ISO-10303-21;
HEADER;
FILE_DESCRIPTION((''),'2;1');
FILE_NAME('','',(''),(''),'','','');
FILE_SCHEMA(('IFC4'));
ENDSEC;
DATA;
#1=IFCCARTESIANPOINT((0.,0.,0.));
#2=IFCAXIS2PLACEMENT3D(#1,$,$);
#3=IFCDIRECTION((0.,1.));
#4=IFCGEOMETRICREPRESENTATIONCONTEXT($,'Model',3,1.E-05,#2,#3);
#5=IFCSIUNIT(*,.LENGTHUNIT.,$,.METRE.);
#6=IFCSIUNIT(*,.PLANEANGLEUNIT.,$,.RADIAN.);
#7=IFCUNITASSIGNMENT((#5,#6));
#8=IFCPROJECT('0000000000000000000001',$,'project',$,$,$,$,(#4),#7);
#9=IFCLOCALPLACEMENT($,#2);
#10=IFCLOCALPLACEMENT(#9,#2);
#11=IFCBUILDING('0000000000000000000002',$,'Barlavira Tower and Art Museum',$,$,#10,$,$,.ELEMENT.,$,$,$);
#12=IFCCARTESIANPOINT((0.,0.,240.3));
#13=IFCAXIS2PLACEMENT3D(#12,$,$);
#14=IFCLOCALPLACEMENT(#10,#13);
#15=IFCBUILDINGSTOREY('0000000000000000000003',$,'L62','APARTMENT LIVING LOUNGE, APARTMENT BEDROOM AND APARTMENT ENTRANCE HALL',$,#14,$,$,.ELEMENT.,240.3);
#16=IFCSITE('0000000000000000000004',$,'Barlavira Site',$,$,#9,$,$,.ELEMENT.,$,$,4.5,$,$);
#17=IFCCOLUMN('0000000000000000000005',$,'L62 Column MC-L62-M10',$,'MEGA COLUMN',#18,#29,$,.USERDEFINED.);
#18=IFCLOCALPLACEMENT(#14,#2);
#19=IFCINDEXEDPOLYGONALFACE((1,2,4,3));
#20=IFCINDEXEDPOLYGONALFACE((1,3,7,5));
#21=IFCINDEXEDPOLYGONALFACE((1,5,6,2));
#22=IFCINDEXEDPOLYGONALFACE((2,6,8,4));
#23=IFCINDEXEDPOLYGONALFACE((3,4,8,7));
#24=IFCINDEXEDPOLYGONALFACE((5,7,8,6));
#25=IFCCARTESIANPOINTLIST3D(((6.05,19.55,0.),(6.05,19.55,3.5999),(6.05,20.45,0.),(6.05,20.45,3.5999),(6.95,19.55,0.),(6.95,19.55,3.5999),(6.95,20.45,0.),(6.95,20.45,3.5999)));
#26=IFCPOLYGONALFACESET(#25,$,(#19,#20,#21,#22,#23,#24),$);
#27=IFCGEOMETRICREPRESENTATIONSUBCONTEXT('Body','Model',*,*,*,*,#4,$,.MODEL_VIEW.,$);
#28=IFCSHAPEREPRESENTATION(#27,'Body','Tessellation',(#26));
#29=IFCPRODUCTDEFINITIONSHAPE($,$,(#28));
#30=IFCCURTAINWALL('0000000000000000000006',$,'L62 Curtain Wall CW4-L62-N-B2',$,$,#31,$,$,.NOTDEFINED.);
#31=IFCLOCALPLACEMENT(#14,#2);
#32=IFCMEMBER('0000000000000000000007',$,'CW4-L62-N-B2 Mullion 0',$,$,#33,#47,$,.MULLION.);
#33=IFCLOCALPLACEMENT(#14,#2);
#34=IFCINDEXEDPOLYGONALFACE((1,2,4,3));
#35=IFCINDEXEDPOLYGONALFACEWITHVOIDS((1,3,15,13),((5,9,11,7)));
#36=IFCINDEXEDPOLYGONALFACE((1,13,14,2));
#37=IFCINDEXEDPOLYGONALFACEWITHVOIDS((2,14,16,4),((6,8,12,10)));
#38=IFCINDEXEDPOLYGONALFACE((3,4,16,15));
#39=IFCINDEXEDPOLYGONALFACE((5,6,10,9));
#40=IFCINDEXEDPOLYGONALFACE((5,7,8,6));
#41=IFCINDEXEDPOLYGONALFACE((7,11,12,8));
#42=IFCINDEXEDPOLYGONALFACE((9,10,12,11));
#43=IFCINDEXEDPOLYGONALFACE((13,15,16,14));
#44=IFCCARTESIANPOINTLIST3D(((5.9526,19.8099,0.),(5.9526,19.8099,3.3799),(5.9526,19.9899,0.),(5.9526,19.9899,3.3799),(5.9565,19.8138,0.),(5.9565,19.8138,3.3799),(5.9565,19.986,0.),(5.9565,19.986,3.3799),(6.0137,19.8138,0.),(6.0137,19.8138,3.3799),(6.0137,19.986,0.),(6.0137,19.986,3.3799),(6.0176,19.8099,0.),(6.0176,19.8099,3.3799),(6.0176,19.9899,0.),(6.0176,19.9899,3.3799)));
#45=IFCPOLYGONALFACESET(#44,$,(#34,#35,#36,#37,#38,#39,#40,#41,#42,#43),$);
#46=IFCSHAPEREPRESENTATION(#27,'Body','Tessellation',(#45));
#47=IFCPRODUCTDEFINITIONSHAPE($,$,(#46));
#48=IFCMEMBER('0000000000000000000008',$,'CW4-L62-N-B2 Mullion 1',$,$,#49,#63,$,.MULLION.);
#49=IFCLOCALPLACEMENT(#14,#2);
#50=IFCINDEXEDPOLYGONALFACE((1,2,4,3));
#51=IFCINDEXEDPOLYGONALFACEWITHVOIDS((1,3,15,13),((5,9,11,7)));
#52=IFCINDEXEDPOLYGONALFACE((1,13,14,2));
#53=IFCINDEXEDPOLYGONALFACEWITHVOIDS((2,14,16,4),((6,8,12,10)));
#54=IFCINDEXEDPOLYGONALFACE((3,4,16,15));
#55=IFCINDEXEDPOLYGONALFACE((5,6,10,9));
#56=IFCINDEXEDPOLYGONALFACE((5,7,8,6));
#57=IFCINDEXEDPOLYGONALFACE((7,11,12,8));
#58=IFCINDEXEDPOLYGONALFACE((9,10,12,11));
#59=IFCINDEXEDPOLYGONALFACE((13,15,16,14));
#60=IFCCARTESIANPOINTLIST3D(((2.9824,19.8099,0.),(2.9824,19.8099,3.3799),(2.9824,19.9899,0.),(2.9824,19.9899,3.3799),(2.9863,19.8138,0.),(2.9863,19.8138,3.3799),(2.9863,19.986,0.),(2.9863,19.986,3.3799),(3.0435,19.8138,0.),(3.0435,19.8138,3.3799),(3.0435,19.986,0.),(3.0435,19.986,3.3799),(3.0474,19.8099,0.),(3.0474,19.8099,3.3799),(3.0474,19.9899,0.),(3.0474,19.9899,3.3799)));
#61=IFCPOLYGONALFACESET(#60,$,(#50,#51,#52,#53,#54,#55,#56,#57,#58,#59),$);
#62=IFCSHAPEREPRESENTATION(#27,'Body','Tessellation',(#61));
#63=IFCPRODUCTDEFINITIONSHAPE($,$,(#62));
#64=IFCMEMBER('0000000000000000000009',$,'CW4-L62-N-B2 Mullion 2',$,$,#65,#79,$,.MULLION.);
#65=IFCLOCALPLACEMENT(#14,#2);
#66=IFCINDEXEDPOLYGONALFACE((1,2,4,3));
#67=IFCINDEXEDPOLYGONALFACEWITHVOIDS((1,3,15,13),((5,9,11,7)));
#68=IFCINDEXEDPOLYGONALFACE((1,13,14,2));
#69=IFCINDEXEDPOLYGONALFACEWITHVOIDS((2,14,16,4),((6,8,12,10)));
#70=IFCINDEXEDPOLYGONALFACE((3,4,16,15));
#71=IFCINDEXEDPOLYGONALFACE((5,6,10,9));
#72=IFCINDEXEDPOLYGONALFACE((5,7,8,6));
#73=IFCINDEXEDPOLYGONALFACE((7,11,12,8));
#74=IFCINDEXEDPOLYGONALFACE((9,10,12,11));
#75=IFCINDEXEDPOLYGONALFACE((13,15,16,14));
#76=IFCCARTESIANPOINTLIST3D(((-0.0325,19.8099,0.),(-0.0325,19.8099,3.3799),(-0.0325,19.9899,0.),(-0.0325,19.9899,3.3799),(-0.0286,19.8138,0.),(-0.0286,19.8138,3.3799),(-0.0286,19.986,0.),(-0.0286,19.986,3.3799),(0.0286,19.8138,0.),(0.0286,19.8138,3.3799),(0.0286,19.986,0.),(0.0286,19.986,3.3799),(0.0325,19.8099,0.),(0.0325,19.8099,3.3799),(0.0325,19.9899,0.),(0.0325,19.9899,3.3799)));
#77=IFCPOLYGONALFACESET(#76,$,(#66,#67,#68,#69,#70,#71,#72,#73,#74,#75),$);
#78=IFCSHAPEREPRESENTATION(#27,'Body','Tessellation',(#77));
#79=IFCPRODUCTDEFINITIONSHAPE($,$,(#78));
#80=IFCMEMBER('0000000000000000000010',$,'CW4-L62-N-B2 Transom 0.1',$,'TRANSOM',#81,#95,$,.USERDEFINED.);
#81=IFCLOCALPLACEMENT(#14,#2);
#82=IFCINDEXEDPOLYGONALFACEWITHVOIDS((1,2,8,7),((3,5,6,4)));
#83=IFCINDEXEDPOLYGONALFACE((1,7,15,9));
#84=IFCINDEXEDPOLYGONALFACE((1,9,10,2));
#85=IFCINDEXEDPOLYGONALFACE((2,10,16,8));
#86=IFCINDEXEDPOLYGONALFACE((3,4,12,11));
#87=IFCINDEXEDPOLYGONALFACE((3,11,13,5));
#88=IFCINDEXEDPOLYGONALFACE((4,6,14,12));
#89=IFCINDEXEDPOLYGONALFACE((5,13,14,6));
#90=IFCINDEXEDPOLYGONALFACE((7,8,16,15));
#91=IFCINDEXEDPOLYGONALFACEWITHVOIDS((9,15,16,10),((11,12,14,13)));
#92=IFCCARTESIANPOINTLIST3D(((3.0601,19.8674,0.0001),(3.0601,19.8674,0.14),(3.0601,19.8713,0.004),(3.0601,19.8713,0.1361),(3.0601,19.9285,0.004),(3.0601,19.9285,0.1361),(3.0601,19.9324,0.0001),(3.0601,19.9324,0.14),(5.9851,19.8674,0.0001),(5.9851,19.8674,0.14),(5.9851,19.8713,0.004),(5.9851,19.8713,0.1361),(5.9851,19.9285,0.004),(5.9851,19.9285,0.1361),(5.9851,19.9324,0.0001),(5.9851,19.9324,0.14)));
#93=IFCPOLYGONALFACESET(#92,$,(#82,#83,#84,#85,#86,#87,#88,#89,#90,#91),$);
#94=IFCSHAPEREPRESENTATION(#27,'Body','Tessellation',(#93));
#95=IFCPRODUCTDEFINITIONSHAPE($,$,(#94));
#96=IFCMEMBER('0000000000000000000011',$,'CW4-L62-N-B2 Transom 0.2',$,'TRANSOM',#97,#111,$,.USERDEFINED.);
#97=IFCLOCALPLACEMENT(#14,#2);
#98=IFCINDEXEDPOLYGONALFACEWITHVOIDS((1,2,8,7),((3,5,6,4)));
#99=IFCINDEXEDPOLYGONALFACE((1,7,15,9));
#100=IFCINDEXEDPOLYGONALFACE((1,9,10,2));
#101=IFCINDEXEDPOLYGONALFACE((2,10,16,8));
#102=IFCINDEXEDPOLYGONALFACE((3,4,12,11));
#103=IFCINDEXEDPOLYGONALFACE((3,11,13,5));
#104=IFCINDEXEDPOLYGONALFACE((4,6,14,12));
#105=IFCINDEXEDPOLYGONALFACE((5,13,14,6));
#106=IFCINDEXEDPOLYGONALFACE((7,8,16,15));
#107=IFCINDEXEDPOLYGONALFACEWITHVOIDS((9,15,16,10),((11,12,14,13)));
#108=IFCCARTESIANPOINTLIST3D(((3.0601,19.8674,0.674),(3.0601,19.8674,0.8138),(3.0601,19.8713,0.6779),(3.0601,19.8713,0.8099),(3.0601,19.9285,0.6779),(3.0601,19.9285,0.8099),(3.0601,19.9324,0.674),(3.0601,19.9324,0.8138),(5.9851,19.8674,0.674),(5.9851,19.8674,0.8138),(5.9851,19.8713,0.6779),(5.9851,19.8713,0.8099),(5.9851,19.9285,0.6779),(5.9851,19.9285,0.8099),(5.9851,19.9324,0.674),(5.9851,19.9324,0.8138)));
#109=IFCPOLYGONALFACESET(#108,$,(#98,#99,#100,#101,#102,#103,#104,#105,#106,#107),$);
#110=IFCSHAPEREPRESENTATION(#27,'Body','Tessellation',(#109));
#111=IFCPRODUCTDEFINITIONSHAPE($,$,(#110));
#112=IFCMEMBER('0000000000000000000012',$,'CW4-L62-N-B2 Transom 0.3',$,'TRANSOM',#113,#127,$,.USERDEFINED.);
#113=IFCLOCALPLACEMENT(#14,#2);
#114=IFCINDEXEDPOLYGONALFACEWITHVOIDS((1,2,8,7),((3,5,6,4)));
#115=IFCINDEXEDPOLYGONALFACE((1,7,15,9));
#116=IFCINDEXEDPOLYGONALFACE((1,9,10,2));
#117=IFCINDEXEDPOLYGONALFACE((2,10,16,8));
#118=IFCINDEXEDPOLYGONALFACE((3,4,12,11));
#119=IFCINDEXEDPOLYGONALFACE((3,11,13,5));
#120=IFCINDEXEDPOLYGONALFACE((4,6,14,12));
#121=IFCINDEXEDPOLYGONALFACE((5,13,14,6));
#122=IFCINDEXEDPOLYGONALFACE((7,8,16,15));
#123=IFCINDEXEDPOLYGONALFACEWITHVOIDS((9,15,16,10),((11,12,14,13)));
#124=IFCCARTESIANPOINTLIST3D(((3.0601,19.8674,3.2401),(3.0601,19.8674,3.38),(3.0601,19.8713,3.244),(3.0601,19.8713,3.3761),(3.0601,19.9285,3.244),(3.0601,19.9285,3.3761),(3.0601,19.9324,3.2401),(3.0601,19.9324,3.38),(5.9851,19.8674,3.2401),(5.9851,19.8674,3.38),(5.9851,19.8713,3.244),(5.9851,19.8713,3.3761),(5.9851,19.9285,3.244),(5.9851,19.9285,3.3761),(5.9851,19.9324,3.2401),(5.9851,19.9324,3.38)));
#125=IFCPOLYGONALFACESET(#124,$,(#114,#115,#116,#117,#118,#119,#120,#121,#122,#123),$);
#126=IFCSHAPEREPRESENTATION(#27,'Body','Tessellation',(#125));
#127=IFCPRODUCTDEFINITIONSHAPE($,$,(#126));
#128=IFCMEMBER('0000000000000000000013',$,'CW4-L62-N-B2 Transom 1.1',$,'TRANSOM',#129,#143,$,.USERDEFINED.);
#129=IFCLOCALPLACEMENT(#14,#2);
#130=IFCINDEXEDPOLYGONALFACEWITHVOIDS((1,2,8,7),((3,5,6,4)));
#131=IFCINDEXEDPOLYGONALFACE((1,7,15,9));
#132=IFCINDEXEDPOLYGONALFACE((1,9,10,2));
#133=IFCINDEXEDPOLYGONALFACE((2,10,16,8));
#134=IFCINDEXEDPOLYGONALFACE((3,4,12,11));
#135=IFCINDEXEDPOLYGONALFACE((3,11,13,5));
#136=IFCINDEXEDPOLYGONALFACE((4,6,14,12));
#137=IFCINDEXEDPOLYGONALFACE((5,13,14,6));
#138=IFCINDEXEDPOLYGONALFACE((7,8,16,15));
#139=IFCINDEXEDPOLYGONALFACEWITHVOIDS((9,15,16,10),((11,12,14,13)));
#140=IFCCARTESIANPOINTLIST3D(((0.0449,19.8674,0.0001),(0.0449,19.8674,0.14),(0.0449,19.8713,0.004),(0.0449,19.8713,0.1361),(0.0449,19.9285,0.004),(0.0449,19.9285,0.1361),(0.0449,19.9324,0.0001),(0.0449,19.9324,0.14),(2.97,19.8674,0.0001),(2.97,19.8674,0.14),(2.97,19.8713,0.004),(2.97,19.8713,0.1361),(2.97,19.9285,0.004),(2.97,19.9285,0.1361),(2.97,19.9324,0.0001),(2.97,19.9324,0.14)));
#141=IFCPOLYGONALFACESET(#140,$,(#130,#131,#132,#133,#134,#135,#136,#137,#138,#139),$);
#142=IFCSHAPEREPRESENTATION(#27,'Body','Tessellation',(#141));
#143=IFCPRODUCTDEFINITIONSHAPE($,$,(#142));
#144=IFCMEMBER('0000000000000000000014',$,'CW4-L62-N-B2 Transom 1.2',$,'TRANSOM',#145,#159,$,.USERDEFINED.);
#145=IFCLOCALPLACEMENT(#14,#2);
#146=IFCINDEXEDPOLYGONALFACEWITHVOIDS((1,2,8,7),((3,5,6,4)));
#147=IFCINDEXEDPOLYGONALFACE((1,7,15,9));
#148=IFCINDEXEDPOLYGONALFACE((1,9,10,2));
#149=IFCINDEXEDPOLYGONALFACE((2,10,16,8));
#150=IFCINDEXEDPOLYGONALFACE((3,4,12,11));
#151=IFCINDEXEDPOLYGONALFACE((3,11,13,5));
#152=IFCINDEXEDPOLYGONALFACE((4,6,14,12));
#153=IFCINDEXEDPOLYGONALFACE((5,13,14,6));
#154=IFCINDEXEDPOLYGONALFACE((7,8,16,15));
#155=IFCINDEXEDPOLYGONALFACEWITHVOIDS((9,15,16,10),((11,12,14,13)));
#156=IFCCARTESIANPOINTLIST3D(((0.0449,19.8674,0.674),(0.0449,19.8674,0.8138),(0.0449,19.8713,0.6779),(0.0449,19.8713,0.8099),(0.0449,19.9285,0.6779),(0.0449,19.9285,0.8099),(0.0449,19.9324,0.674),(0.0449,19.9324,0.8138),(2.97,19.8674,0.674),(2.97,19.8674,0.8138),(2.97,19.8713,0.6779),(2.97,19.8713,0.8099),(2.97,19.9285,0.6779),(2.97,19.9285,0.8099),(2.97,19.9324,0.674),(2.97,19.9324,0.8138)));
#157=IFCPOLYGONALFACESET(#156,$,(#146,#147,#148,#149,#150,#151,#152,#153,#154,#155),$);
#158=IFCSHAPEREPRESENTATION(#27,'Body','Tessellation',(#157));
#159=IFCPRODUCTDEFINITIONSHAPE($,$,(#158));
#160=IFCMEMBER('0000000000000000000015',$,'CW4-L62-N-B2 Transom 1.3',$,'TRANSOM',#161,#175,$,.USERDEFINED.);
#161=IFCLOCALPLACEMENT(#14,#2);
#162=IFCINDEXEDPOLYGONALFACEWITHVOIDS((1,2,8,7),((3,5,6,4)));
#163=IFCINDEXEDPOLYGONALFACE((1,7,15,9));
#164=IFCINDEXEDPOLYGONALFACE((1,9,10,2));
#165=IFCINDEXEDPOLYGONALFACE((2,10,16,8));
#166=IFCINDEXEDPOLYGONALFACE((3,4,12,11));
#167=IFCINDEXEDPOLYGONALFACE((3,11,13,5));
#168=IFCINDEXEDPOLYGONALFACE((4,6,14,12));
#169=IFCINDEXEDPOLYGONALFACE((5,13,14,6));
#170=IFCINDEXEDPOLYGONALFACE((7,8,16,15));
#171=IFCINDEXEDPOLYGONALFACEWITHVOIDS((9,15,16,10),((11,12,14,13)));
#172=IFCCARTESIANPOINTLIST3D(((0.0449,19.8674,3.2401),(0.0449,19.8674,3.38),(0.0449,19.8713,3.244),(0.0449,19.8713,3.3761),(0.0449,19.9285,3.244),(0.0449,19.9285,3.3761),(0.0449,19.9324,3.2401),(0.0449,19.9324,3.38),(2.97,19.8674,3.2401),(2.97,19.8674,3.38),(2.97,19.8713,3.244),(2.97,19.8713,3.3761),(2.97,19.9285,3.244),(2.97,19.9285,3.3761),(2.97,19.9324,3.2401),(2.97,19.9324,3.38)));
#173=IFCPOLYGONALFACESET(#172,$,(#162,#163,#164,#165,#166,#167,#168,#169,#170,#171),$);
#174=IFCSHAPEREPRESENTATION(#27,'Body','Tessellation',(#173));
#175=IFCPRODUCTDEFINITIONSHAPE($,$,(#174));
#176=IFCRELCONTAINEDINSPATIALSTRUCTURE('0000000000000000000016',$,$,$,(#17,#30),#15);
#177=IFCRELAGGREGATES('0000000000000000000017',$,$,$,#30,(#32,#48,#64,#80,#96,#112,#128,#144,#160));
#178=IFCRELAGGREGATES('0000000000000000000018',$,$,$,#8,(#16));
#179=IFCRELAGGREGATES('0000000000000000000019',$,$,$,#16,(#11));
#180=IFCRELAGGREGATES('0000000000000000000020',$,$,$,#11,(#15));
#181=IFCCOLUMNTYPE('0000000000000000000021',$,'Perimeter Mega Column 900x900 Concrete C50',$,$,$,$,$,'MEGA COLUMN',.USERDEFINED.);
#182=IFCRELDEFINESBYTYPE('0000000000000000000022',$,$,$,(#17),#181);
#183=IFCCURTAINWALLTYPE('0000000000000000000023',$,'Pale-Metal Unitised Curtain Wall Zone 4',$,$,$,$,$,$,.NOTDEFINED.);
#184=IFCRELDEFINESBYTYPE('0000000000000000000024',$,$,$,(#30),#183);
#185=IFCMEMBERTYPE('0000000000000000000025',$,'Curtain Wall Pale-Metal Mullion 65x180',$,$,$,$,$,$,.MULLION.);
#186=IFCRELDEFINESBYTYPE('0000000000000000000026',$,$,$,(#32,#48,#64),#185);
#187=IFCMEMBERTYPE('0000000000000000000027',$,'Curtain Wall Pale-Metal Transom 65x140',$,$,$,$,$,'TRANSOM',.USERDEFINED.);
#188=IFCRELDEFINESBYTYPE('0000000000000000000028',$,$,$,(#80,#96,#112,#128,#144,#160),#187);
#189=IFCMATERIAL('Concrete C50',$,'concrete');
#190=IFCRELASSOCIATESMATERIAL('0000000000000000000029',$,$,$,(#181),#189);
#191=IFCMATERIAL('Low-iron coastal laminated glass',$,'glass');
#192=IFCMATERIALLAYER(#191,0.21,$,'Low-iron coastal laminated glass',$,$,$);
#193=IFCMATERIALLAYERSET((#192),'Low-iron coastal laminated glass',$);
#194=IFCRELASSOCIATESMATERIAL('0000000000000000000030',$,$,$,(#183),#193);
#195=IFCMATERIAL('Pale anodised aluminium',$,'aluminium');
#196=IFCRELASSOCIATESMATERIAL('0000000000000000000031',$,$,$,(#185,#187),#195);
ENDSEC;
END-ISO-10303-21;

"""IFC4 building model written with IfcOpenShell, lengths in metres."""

from ifc_helpers import new_model, si_unit, direction, frame, origin, origin_2d, place, context, subcontext, project, spatial, rectangle, hollow_rectangle, extrude, material, layer, layer_set, material_profile, profile_set, type_object, element, aggregate, save


model = new_model("IFC4")

# Units and contexts
model_context = context("Model", 3, precision=1e-05, world=origin(), true_north=direction((0.0, 1.0)))
body_context = subcontext(model_context, "Body", "Model", "MODEL_VIEW")
ifc_project = project(units=[si_unit("LENGTHUNIT", "METRE"), si_unit("PLANEANGLEUNIT", "RADIAN")], contexts=[model_context])

# Site, building, storey
site_placement = place(None, origin())
site = spatial("IfcSite", under=ifc_project, at=site_placement, Name="Barlavira Site", CompositionType="ELEMENT", RefElevation=4.5)
building_placement = place(site_placement, origin())
building = spatial("IfcBuilding", under=site, at=building_placement, Name="Barlavira Tower and Art Museum", CompositionType="ELEMENT")
storey_placement = place(building_placement, frame((0.0, 0.0, 240.3)))
storey = spatial("IfcBuildingStorey", under=building, at=storey_placement, Name="L62", Description="APARTMENT LIVING LOUNGE, APARTMENT BEDROOM AND APARTMENT ENTRANCE HALL", CompositionType="ELEMENT", Elevation=240.3)

# Column
ifc_material_1 = material(Name="Concrete C50", Category="concrete")
ifc_material_profile_1 = material_profile(ifc_material_1, rectangle(XDim=0.8999, YDim=0.8999, at=origin_2d()), Name="RC-COL 900x900")
ifc_profile_set_1 = profile_set([ifc_material_profile_1], Name="Concrete C50")
column_type = type_object("IfcColumnType", Name="Perimeter Mega Column 900x900 Concrete C50", ElementType="MEGA COLUMN", PredefinedType="USERDEFINED", material=ifc_profile_set_1)
column_placement = place(storey_placement, frame((6.5, 20.0, 0.0), z_axis=(0.0, 0.0, 1.0), x_axis=(1.0, 0.0, 0.0)))
element("IfcColumn", 1, at=column_placement, inside=storey, type_object=column_type, Name="L62 Column MC-L62-M10", ObjectType="MEGA COLUMN", PredefinedType="USERDEFINED", context=body_context, shape_type="SweptSolid", body=[
    extrude(rectangle(XDim=0.8999, YDim=0.8999, at=origin_2d()), origin(), (0.0, 0.0, 1.0), 3.5999),
])

# Curtain wall, members
ifc_material_2 = material(Name="Low-iron coastal laminated glass", Category="glass")
ifc_layer_1 = layer(ifc_material_2, 0.21, Name="Low-iron coastal laminated glass")
ifc_layer_set_1 = layer_set([ifc_layer_1], Name="Low-iron coastal laminated glass")
curtain_wall_type = type_object("IfcCurtainWallType", Name="Pale-Metal Unitised Curtain Wall Zone 4", PredefinedType="NOTDEFINED", material=ifc_layer_set_1)
curtain_wall_placement = place(storey_placement, origin())
curtain_wall = element("IfcCurtainWall", 2, at=curtain_wall_placement, inside=storey, type_object=curtain_wall_type, Name="L62 Curtain Wall CW4-L62-N-B2", PredefinedType="NOTDEFINED")
ifc_material_3 = material(Name="Pale anodised aluminium", Category="aluminium")
ifc_material_profile_2 = material_profile(ifc_material_3, hollow_rectangle(XDim=0.0649, YDim=0.1799, WallThickness=0.0039, at=origin_2d()), Name="ALU-MULL 65x180x4")
ifc_profile_set_2 = profile_set([ifc_material_profile_2], Name="Pale anodised aluminium")
member_type_1 = type_object("IfcMemberType", Name="Curtain Wall Pale-Metal Mullion 65x180", PredefinedType="MULLION", material=ifc_profile_set_2)
member_1_placement = place(storey_placement, frame((5.9851, 19.8999, 0.0), z_axis=(0.0, 0.0, 1.0), x_axis=(-1.0, 0.0, 0.0)))
member_1 = element("IfcMember", 3, at=member_1_placement, type_object=member_type_1, Name="CW4-L62-N-B2 Mullion 0", PredefinedType="MULLION", context=body_context, shape_type="SweptSolid", body=[
    extrude(hollow_rectangle(XDim=0.0649, YDim=0.1799, WallThickness=0.0039, at=origin_2d()), origin(), (0.0, 0.0, 1.0), 3.3799),
])
member_2_placement = place(storey_placement, frame((3.0149, 19.8999, 0.0), z_axis=(0.0, 0.0, 1.0), x_axis=(-1.0, 0.0, 0.0)))
member_2 = element("IfcMember", 4, at=member_2_placement, type_object=member_type_1, Name="CW4-L62-N-B2 Mullion 1", PredefinedType="MULLION", context=body_context, shape_type="SweptSolid", body=[
    extrude(hollow_rectangle(XDim=0.0649, YDim=0.1799, WallThickness=0.0039, at=origin_2d()), origin(), (0.0, 0.0, 1.0), 3.3799),
])
member_3_placement = place(storey_placement, frame((0.0, 19.8999, 0.0), z_axis=(0.0, 0.0, 1.0), x_axis=(-1.0, 0.0, 0.0)))
member_3 = element("IfcMember", 5, at=member_3_placement, type_object=member_type_1, Name="CW4-L62-N-B2 Mullion 2", PredefinedType="MULLION", context=body_context, shape_type="SweptSolid", body=[
    extrude(hollow_rectangle(XDim=0.0649, YDim=0.1799, WallThickness=0.0039, at=origin_2d()), origin(), (0.0, 0.0, 1.0), 3.3799),
])
ifc_material_profile_3 = material_profile(ifc_material_3, hollow_rectangle(XDim=0.0649, YDim=0.1399, WallThickness=0.0039, at=origin_2d()), Name="ALU-TRAN 65x140x4")
ifc_profile_set_3 = profile_set([ifc_material_profile_3], Name="Pale anodised aluminium")
member_type_2 = type_object("IfcMemberType", Name="Curtain Wall Pale-Metal Transom 65x140", ElementType="TRANSOM", PredefinedType="USERDEFINED", material=ifc_profile_set_3)
member_4_placement = place(storey_placement, frame((5.9851, 19.8999, 0.0701), z_axis=(-1.0, 0.0, 0.0), x_axis=(0.0, -1.0, 0.0)))
member_4 = element("IfcMember", 6, at=member_4_placement, type_object=member_type_2, Name="CW4-L62-N-B2 Transom 0.1", ObjectType="TRANSOM", PredefinedType="USERDEFINED", context=body_context, shape_type="SweptSolid", body=[
    extrude(hollow_rectangle(XDim=0.0649, YDim=0.1399, WallThickness=0.0039, at=origin_2d()), origin(), (0.0, 0.0, 1.0), 2.925),
])
member_5_placement = place(storey_placement, frame((5.9851, 19.8999, 0.7439), z_axis=(-1.0, 0.0, 0.0), x_axis=(0.0, -1.0, 0.0)))
member_5 = element("IfcMember", 7, at=member_5_placement, type_object=member_type_2, Name="CW4-L62-N-B2 Transom 0.2", ObjectType="TRANSOM", PredefinedType="USERDEFINED", context=body_context, shape_type="SweptSolid", body=[
    extrude(hollow_rectangle(XDim=0.0649, YDim=0.1399, WallThickness=0.0039, at=origin_2d()), origin(), (0.0, 0.0, 1.0), 2.925),
])
member_6_placement = place(storey_placement, frame((5.9851, 19.8999, 3.3101), z_axis=(-1.0, 0.0, 0.0), x_axis=(0.0, -1.0, 0.0)))
member_6 = element("IfcMember", 8, at=member_6_placement, type_object=member_type_2, Name="CW4-L62-N-B2 Transom 0.3", ObjectType="TRANSOM", PredefinedType="USERDEFINED", context=body_context, shape_type="SweptSolid", body=[
    extrude(hollow_rectangle(XDim=0.0649, YDim=0.1399, WallThickness=0.0039, at=origin_2d()), origin(), (0.0, 0.0, 1.0), 2.925),
])
member_7_placement = place(storey_placement, frame((2.97, 19.8999, 0.0701), z_axis=(-1.0, 0.0, 0.0), x_axis=(0.0, -1.0, 0.0)))
member_7 = element("IfcMember", 9, at=member_7_placement, type_object=member_type_2, Name="CW4-L62-N-B2 Transom 1.1", ObjectType="TRANSOM", PredefinedType="USERDEFINED", context=body_context, shape_type="SweptSolid", body=[
    extrude(hollow_rectangle(XDim=0.0649, YDim=0.1399, WallThickness=0.0039, at=origin_2d()), origin(), (0.0, 0.0, 1.0), 2.925),
])
member_8_placement = place(storey_placement, frame((2.97, 19.8999, 0.7439), z_axis=(-1.0, 0.0, 0.0), x_axis=(0.0, -1.0, 0.0)))
member_8 = element("IfcMember", 10, at=member_8_placement, type_object=member_type_2, Name="CW4-L62-N-B2 Transom 1.2", ObjectType="TRANSOM", PredefinedType="USERDEFINED", context=body_context, shape_type="SweptSolid", body=[
    extrude(hollow_rectangle(XDim=0.0649, YDim=0.1399, WallThickness=0.0039, at=origin_2d()), origin(), (0.0, 0.0, 1.0), 2.925),
])
member_9_placement = place(storey_placement, frame((2.97, 19.8999, 3.3101), z_axis=(-1.0, 0.0, 0.0), x_axis=(0.0, -1.0, 0.0)))
member_9 = element("IfcMember", 11, at=member_9_placement, type_object=member_type_2, Name="CW4-L62-N-B2 Transom 1.3", ObjectType="TRANSOM", PredefinedType="USERDEFINED", context=body_context, shape_type="SweptSolid", body=[
    extrude(hollow_rectangle(XDim=0.0649, YDim=0.1399, WallThickness=0.0039, at=origin_2d()), origin(), (0.0, 0.0, 1.0), 2.925),
])

aggregate(curtain_wall, [member_1, member_2, member_3, member_4, member_5, member_6, member_7, member_8, member_9])

save(model, "model.ifc")
